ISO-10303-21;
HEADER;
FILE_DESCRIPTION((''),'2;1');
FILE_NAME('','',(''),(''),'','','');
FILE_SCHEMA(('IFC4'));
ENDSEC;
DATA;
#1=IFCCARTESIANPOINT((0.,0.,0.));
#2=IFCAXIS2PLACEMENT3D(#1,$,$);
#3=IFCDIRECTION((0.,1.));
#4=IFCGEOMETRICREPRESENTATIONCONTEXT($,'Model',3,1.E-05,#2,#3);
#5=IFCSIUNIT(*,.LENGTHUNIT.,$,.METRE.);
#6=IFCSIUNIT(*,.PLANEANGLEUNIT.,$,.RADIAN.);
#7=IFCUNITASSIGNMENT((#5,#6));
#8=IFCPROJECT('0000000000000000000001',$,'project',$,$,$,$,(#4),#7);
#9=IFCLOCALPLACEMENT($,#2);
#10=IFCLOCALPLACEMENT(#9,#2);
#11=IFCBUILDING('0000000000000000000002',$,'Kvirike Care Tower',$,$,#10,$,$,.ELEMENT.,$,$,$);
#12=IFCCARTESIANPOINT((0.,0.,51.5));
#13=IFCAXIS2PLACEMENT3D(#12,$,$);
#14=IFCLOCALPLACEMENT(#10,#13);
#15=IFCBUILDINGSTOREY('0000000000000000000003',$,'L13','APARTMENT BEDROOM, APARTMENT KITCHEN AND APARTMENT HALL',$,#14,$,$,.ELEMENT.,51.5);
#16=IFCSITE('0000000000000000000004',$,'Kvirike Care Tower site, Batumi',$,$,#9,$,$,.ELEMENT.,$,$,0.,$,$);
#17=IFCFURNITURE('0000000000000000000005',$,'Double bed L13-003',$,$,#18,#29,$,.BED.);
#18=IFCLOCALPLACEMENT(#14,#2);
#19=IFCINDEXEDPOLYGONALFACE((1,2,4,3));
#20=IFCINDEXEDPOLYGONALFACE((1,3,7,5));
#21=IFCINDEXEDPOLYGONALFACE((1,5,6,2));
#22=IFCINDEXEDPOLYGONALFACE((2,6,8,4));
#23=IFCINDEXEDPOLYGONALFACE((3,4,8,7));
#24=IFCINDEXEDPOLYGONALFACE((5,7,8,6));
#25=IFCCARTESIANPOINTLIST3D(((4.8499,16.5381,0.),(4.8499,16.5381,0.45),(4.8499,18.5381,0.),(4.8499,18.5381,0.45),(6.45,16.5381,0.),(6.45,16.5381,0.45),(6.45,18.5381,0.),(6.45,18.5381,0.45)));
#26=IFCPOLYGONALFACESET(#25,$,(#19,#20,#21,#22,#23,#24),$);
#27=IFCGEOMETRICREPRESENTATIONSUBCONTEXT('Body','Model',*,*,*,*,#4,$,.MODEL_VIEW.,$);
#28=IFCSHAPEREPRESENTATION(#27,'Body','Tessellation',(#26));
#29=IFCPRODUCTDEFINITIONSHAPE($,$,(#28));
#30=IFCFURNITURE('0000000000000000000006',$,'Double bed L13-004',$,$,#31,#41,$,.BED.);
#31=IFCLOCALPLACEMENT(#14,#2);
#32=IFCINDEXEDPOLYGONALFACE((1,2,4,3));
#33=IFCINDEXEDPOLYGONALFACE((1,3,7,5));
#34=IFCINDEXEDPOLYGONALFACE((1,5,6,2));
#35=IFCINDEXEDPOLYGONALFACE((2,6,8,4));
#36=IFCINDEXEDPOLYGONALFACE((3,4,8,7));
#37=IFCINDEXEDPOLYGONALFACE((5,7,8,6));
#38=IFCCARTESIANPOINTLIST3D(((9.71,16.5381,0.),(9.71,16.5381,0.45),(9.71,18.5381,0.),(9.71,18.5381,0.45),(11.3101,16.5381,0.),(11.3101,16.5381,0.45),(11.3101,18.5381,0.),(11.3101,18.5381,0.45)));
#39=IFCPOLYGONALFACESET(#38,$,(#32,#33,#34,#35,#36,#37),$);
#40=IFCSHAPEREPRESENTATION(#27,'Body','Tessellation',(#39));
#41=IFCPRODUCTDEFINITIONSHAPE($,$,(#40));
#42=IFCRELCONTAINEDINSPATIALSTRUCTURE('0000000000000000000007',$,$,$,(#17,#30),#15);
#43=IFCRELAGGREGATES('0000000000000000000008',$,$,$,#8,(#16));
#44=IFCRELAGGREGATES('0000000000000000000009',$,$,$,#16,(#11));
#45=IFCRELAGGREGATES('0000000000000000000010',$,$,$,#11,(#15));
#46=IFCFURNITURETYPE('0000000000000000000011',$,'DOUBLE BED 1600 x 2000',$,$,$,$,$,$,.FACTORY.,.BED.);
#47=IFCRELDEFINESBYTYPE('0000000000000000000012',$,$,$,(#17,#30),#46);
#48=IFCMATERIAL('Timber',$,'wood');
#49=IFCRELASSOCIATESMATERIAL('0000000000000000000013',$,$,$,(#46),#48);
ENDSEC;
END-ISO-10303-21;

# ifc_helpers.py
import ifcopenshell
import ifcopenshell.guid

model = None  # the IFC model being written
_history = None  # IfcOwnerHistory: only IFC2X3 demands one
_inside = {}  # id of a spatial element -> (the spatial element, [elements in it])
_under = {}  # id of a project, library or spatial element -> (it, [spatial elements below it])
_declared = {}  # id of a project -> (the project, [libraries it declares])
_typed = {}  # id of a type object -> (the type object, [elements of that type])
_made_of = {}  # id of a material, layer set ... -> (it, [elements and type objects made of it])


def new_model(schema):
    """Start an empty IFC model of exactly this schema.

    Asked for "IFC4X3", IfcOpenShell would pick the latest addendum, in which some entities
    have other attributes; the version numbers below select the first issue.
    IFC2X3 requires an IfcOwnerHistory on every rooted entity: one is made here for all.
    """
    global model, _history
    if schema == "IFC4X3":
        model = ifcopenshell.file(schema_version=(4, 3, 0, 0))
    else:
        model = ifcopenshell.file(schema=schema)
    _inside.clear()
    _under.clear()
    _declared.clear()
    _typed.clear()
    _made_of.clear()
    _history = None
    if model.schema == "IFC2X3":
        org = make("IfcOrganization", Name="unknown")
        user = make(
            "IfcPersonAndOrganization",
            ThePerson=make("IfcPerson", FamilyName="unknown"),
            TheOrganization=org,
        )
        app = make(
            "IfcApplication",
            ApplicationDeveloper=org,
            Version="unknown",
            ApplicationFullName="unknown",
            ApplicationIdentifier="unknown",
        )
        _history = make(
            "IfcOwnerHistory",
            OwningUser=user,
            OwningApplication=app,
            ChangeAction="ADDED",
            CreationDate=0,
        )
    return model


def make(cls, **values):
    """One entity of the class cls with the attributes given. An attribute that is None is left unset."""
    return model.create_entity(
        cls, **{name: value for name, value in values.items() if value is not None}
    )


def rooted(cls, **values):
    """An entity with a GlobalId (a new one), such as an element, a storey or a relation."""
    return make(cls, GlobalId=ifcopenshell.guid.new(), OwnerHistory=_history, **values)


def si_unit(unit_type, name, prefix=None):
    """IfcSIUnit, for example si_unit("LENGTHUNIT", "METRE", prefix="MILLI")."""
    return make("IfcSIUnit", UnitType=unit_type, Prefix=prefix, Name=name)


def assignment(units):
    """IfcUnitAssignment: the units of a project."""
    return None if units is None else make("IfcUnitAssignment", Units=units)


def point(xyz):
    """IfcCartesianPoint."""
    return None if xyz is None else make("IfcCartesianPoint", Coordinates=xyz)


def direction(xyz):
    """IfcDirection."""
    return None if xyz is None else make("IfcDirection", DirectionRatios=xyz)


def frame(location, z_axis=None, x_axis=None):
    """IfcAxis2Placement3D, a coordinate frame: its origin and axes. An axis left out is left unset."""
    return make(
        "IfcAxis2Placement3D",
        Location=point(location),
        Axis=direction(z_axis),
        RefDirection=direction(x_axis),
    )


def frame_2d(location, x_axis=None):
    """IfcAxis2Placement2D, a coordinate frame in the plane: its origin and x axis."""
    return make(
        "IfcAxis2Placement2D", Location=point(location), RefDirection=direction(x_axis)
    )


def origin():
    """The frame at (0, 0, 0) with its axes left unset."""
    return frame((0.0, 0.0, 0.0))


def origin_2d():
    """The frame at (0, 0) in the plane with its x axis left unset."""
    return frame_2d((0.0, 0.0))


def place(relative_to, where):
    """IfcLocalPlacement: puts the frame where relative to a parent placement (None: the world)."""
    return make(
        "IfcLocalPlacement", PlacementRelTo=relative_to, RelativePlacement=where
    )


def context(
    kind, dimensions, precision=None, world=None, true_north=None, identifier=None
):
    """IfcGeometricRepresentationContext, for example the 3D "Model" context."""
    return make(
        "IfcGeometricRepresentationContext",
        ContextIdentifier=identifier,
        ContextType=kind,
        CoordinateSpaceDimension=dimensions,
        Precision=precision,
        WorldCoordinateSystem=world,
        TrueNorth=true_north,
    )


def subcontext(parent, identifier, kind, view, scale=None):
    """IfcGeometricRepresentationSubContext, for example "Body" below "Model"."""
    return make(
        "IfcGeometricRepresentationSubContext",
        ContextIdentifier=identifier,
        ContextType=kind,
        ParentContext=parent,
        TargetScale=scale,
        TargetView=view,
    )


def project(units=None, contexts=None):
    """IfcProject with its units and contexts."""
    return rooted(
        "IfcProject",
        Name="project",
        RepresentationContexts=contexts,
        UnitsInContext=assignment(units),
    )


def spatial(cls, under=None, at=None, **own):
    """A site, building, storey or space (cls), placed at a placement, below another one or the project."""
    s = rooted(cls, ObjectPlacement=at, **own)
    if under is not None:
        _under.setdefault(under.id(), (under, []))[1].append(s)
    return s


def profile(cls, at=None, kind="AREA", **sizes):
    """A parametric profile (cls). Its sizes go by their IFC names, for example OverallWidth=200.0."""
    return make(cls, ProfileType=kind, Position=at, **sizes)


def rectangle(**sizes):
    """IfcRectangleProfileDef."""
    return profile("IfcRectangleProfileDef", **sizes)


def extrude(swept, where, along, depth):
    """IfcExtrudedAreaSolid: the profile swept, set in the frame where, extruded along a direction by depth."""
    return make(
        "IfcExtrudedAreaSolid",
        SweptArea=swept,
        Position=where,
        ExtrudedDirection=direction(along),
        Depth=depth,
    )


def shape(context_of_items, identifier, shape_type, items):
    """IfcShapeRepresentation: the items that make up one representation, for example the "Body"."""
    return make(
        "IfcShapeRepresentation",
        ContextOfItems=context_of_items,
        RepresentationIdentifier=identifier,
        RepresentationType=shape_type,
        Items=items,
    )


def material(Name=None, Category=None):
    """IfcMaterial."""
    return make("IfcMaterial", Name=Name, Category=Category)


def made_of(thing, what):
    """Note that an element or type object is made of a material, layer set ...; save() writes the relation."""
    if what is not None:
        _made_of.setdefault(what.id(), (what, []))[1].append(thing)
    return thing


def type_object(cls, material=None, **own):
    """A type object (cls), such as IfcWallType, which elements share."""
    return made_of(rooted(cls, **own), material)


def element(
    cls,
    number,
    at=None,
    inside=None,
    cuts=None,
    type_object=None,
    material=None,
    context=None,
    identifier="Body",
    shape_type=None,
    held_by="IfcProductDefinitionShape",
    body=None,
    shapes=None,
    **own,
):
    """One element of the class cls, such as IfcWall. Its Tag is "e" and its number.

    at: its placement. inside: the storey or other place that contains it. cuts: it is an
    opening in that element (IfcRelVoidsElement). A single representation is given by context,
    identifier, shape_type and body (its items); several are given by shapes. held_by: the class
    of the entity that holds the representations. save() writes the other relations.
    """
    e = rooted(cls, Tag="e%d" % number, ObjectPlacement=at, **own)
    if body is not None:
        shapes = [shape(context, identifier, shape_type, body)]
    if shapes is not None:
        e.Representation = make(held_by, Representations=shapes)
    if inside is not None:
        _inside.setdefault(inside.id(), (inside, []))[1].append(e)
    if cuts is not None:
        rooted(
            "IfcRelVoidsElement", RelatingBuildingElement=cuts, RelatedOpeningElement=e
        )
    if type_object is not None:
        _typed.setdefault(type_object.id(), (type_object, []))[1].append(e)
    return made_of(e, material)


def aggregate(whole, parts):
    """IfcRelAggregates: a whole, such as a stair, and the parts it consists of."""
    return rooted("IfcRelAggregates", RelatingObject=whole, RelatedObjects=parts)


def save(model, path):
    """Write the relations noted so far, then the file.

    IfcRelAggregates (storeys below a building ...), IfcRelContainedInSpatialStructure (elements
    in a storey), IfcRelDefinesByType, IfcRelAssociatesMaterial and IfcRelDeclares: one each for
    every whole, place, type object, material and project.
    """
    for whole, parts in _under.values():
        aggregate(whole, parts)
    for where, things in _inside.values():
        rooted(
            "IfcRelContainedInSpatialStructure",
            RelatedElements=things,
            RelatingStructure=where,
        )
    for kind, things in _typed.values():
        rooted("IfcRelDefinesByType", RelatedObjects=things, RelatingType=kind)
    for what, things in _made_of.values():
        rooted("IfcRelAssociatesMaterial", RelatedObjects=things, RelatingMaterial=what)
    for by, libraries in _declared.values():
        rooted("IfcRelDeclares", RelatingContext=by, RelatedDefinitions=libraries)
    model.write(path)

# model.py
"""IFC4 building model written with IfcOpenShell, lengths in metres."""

from ifc_helpers import new_model, si_unit, direction, frame, origin, origin_2d, place, context, subcontext, project, spatial, rectangle, extrude, material, type_object, element, save


model = new_model("IFC4")

# Units and contexts
model_context = context("Model", 3, precision=1e-05, world=origin(), true_north=direction((0.0, 1.0)))
body_context = subcontext(model_context, "Body", "Model", "MODEL_VIEW")
ifc_project = project(units=[si_unit("LENGTHUNIT", "METRE"), si_unit("PLANEANGLEUNIT", "RADIAN")], contexts=[model_context])

# Site, building, storey
site_placement = place(None, origin())
site = spatial("IfcSite", under=ifc_project, at=site_placement, Name="Kvirike Care Tower site, Batumi", CompositionType="ELEMENT", RefElevation=0.0)
building_placement = place(site_placement, origin())
building = spatial("IfcBuilding", under=site, at=building_placement, Name="Kvirike Care Tower", CompositionType="ELEMENT")
storey_placement = place(building_placement, frame((0.0, 0.0, 51.5)))
storey = spatial("IfcBuildingStorey", under=building, at=storey_placement, Name="L13", Description="APARTMENT BEDROOM, APARTMENT KITCHEN AND APARTMENT HALL", CompositionType="ELEMENT", Elevation=51.5)

# Furniture
ifc_material_1 = material(Name="Timber", Category="wood")
furniture_type = type_object("IfcFurnitureType", Name="DOUBLE BED 1600 x 2000", AssemblyPlace="FACTORY", PredefinedType="BED", material=ifc_material_1)
for number, where, z_axis, x_axis, name in (
    (1, (5.6499, 17.5381, 0.0), (0.0, 0.0, 1.0), (1.0, 0.0, 0.0), "Double bed L13-003"),
    (2, (10.51, 17.5381, 0.0), (0.0, 0.0, 1.0), (1.0, 0.0, 0.0), "Double bed L13-004"),
):
    element("IfcFurniture", number, at=place(storey_placement, frame(where, z_axis=z_axis, x_axis=x_axis)), inside=storey, type_object=furniture_type, Name=name, PredefinedType="BED", context=body_context, shape_type="SweptSolid", body=[
        extrude(rectangle(XDim=1.6001, YDim=2.0, at=origin_2d()), origin(), (0.0, 0.0, 1.0), 0.45),
    ])

save(model, "model.ifc")
